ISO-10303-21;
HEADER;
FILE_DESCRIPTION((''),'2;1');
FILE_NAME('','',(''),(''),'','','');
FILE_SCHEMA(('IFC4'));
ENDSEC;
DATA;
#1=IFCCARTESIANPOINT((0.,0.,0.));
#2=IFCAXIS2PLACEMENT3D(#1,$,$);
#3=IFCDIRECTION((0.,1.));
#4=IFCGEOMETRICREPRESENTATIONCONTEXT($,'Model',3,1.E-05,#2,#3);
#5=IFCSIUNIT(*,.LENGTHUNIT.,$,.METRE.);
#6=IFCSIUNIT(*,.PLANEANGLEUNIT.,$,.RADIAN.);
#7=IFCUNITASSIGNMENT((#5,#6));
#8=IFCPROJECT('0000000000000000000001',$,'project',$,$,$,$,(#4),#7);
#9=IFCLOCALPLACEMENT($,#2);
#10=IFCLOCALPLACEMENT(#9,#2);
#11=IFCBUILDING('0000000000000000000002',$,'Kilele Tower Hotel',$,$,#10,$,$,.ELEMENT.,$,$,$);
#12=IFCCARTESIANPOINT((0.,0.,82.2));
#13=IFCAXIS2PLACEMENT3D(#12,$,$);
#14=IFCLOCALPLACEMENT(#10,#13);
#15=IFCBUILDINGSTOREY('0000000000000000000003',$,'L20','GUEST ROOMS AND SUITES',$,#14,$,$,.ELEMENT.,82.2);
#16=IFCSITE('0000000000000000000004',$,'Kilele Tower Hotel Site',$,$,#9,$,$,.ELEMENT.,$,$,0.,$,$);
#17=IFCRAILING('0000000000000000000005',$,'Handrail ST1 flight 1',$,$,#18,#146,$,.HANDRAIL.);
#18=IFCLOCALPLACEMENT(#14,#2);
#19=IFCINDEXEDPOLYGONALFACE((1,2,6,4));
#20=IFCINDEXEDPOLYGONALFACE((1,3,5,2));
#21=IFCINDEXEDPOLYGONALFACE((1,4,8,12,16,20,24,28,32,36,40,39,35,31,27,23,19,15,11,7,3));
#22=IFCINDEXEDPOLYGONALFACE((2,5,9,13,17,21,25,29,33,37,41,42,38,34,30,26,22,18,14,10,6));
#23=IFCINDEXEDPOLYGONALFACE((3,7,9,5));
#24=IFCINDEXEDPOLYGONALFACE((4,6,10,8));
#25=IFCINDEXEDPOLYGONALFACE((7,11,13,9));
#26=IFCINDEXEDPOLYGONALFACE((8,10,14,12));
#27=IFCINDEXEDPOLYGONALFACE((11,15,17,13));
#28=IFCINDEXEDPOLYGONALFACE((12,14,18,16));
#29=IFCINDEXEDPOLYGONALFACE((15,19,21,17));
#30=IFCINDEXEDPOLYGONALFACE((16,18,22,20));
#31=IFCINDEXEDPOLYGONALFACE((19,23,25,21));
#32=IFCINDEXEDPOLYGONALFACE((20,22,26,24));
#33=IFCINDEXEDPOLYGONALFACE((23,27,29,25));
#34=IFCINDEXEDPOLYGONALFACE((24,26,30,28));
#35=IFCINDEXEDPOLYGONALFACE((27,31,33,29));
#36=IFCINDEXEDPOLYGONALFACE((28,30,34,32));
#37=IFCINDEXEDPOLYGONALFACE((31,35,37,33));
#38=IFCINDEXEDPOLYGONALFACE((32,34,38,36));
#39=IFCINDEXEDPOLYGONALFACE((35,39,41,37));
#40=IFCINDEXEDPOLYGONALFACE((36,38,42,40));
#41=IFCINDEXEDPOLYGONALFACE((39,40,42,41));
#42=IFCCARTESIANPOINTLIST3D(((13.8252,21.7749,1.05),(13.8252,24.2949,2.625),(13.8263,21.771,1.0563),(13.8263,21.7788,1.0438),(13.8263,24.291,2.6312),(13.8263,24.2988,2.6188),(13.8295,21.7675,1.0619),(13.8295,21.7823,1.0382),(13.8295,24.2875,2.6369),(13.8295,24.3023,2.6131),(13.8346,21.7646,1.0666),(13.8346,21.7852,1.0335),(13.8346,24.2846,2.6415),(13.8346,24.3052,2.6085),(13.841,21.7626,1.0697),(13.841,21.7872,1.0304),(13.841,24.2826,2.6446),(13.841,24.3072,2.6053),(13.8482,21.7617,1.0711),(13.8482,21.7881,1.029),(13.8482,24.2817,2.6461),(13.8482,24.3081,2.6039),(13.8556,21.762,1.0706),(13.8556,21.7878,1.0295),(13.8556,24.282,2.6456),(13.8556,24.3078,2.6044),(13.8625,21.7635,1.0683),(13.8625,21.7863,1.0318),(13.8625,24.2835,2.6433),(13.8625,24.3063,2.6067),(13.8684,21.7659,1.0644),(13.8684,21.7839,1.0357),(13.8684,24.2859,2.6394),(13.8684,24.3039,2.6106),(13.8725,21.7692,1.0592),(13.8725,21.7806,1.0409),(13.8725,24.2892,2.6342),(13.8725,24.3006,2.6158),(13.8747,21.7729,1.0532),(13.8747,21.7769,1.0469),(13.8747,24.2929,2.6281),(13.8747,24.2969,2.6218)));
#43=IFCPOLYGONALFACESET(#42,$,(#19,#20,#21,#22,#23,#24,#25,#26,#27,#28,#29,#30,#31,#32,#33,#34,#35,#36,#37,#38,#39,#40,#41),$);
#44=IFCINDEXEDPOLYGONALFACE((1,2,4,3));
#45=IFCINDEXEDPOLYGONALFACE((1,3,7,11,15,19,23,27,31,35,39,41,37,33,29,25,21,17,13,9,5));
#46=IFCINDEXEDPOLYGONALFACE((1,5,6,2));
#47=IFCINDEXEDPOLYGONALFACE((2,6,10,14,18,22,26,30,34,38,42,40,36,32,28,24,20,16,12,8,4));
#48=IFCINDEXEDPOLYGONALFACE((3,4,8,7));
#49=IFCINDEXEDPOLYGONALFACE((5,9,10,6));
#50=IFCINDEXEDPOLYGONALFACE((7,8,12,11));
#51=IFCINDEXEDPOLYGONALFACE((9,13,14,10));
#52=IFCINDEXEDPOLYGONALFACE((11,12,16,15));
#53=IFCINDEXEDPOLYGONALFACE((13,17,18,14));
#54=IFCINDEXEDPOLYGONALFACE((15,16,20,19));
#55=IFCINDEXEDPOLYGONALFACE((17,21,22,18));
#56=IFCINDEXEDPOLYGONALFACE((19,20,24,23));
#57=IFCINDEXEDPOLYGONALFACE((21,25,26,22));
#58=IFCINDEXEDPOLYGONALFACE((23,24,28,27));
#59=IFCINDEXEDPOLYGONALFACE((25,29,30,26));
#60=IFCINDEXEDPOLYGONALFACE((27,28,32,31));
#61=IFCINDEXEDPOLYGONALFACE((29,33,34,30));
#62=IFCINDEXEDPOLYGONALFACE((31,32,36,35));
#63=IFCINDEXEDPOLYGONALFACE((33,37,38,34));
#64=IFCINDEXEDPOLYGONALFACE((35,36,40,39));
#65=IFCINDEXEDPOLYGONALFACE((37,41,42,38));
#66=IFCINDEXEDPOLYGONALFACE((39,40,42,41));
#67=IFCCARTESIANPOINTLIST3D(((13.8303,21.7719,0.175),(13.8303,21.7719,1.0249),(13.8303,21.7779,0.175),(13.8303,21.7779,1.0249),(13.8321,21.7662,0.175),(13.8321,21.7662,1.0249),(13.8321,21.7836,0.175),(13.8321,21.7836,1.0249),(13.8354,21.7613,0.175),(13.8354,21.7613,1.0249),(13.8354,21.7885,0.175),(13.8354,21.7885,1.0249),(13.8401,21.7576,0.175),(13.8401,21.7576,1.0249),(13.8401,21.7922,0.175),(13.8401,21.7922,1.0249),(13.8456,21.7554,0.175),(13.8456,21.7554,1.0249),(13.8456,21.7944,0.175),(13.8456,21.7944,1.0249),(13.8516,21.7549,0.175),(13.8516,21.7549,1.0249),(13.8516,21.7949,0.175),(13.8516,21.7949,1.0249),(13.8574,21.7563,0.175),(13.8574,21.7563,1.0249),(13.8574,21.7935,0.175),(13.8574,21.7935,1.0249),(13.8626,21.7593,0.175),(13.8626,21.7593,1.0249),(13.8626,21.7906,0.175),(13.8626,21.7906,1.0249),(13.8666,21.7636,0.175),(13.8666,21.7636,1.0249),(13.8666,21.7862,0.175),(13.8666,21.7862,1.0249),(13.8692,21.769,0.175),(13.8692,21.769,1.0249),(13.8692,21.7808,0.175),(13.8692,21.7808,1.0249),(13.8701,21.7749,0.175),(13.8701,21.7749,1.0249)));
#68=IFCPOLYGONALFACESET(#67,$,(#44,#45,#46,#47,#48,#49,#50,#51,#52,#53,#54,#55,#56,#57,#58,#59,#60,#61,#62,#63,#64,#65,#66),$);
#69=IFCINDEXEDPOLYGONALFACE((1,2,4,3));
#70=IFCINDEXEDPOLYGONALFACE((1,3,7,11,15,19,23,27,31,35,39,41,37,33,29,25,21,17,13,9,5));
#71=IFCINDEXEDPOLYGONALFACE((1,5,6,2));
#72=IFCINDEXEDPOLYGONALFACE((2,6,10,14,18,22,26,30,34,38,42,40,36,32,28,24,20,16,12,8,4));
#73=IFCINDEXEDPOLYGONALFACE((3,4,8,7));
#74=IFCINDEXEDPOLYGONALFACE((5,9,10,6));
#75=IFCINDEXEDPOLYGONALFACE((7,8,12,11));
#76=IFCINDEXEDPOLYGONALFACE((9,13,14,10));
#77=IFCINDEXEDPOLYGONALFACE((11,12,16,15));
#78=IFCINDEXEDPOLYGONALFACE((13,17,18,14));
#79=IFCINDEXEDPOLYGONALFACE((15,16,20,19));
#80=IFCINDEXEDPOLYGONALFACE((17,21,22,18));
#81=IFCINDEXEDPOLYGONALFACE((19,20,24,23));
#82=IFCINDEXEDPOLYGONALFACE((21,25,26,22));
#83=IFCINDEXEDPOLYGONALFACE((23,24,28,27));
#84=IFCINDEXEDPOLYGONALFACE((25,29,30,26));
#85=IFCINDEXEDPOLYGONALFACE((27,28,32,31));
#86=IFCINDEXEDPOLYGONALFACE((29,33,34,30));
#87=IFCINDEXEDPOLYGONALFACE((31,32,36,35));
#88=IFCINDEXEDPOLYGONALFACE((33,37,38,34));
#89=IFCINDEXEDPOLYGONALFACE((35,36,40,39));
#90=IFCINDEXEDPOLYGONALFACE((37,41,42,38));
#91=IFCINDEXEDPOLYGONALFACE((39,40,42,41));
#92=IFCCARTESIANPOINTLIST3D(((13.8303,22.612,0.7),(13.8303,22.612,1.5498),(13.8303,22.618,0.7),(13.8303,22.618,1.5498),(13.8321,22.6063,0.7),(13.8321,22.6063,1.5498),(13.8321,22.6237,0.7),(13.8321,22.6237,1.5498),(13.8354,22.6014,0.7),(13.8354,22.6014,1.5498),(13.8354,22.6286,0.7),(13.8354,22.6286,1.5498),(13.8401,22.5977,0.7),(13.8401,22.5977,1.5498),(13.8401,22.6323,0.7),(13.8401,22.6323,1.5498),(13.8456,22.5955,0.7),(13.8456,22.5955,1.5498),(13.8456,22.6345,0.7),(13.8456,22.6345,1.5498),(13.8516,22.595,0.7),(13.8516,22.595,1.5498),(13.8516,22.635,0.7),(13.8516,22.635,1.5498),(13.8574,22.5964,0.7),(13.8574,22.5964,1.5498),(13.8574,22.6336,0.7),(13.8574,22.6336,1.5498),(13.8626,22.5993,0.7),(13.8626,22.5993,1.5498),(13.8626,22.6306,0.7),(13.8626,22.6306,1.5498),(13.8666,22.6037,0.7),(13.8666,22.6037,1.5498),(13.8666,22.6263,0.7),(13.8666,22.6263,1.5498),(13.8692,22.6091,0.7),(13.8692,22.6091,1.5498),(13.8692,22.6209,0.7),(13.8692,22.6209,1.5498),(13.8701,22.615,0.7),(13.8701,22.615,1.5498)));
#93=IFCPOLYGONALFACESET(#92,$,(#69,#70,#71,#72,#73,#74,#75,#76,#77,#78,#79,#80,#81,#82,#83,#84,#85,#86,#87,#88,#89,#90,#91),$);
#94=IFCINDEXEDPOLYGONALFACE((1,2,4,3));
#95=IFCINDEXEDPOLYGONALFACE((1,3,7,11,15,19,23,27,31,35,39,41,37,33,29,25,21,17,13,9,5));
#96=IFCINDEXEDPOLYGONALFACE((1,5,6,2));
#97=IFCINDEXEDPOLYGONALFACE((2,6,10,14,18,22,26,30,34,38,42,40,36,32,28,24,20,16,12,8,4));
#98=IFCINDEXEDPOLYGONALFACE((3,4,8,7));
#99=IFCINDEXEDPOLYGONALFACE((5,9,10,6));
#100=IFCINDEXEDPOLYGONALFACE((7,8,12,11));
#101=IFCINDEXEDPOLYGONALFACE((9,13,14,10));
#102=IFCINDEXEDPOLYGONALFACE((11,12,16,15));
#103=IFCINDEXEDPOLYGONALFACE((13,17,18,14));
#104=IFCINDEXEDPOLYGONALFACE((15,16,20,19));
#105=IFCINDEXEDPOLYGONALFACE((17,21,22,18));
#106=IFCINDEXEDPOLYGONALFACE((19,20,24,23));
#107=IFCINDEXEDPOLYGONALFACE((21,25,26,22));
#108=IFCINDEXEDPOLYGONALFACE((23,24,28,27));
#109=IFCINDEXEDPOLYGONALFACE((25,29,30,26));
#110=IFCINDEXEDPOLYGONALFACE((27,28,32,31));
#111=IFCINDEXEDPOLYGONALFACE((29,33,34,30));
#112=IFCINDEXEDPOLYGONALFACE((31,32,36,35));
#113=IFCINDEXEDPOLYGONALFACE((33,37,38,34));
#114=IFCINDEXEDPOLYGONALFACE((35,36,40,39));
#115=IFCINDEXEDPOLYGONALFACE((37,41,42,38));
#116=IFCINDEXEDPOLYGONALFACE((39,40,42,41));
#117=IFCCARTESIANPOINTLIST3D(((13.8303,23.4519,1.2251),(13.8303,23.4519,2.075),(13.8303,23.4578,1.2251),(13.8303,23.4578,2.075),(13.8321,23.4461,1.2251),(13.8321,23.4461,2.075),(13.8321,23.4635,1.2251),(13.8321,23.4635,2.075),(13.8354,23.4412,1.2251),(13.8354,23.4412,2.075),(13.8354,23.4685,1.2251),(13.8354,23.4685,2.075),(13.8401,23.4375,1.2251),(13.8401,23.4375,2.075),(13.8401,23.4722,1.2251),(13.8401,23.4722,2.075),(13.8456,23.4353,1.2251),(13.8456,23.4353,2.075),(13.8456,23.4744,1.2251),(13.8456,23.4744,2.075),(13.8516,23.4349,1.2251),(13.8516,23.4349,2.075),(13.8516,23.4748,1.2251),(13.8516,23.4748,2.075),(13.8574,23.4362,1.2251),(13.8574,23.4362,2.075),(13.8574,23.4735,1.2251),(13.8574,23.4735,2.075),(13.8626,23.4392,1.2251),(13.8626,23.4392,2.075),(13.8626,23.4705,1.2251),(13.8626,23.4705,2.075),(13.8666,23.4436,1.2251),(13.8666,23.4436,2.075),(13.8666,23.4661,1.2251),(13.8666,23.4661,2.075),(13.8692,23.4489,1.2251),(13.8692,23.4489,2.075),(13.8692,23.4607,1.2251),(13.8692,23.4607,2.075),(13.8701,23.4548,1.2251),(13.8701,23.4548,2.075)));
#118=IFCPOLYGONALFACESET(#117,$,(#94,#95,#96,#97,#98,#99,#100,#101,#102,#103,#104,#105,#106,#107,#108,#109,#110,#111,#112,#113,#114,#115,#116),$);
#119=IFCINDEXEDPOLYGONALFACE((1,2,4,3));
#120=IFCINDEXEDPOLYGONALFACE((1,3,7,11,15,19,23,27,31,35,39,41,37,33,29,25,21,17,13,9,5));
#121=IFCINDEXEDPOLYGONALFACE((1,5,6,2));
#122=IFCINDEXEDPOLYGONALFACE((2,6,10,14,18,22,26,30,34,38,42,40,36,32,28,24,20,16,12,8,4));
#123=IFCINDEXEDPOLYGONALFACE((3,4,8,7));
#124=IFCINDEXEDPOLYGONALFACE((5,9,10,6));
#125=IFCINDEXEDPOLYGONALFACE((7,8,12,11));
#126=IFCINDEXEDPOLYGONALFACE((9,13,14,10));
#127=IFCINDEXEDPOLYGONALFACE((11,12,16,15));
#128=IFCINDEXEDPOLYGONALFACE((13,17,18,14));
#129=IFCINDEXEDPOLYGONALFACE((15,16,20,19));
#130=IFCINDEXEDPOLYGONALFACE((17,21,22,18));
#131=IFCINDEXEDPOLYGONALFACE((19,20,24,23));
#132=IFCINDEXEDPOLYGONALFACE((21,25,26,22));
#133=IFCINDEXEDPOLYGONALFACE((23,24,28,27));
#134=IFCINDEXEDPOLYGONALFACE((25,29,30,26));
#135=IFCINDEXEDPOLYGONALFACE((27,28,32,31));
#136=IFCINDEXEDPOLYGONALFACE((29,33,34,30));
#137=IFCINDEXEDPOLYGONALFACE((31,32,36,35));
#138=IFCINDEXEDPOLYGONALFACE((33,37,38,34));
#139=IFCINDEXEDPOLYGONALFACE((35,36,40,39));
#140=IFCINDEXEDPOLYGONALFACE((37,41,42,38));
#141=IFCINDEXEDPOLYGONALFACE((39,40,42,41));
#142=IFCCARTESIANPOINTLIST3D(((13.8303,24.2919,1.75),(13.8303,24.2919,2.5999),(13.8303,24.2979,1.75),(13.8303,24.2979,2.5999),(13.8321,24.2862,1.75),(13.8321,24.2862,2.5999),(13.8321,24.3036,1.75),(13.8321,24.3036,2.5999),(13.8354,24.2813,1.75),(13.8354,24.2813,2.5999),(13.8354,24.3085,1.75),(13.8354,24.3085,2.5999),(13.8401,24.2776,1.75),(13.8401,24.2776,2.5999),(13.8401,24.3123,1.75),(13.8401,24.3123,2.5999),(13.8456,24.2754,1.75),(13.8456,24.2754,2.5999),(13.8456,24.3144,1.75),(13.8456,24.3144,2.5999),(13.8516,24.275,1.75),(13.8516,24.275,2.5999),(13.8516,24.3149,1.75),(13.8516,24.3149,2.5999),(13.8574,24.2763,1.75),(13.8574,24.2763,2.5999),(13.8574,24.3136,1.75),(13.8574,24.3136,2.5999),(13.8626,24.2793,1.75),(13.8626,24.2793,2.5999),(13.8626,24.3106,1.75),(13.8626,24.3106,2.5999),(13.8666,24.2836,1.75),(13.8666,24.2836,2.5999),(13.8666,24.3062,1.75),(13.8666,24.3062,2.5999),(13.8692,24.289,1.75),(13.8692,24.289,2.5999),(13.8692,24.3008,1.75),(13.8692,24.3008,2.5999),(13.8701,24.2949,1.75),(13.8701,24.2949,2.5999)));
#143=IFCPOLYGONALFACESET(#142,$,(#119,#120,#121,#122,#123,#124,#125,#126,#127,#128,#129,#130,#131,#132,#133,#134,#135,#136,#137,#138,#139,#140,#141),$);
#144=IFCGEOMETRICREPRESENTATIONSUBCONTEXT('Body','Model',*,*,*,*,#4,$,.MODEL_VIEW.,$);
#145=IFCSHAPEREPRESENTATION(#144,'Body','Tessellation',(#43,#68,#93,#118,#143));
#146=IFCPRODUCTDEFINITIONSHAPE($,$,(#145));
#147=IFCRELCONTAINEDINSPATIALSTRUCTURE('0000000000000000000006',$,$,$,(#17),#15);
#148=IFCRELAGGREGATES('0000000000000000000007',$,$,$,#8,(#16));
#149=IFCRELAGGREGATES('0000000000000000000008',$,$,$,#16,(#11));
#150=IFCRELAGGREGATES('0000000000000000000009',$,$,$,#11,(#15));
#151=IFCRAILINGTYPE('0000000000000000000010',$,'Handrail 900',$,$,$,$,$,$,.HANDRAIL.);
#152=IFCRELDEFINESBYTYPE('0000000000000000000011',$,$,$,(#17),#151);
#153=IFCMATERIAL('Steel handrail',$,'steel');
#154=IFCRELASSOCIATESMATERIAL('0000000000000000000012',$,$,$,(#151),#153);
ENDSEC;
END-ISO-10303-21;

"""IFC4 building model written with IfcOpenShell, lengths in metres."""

from ifc_helpers import new_model, si_unit, direction, frame, origin, origin_2d, place, context, subcontext, project, spatial, circle, extrude, material, type_object, element, save


model = new_model("IFC4")

# Units and contexts
model_context = context("Model", 3, precision=1e-05, world=origin(), true_north=direction((0.0, 1.0)))
body_context = subcontext(model_context, "Body", "Model", "MODEL_VIEW")
ifc_project = project(units=[si_unit("LENGTHUNIT", "METRE"), si_unit("PLANEANGLEUNIT", "RADIAN")], contexts=[model_context])

# Site, building, storey
site_placement = place(None, origin())
site = spatial("IfcSite", under=ifc_project, at=site_placement, Name="Kilele Tower Hotel Site", CompositionType="ELEMENT", RefElevation=0.0)
building_placement = place(site_placement, origin())
building = spatial("IfcBuilding", under=site, at=building_placement, Name="Kilele Tower Hotel", CompositionType="ELEMENT")
storey_placement = place(building_placement, frame((0.0, 0.0, 82.2)))
storey = spatial("IfcBuildingStorey", under=building, at=storey_placement, Name="L20", Description="GUEST ROOMS AND SUITES", CompositionType="ELEMENT", Elevation=82.2)

# Railing
ifc_material_1 = material(Name="Steel handrail", Category="steel")
railing_type_1 = type_object("IfcRailingType", Name="Handrail 900", PredefinedType="HANDRAIL", material=ifc_material_1)
for number, where, name in (
    (1, (13.8501, 21.7749, 0.175), "Handrail ST1 flight 1"),
):
    element("IfcRailing", number, at=place(storey_placement, frame(where)), inside=storey, type_object=railing_type_1, Name=name, PredefinedType="HANDRAIL", context=body_context, shape_type="SweptSolid", body=[
        extrude(circle(Radius=0.0249, at=origin_2d()), frame((0.0, 0.0, 0.875), z_axis=(0.0, 0.848008, 0.529984), x_axis=(-1.0, 0.0, 0.0)), (0.0, 0.0, 1.0), 2.9717),
        extrude(circle(Radius=0.02, at=origin_2d()), origin(), (0.0, 0.0, 1.0), 0.8499),
        extrude(circle(Radius=0.02, at=origin_2d()), frame((0.0, 0.8401, 0.5249)), (0.0, 0.0, 1.0), 0.8499),
        extrude(circle(Radius=0.02, at=origin_2d()), frame((0.0, 1.6799, 1.05)), (0.0, 0.0, 1.0), 0.8499),
        extrude(circle(Radius=0.02, at=origin_2d()), frame((0.0, 2.52, 1.575)), (0.0, 0.0, 1.0), 0.8499),
    ])

save(model, "model.ifc")
